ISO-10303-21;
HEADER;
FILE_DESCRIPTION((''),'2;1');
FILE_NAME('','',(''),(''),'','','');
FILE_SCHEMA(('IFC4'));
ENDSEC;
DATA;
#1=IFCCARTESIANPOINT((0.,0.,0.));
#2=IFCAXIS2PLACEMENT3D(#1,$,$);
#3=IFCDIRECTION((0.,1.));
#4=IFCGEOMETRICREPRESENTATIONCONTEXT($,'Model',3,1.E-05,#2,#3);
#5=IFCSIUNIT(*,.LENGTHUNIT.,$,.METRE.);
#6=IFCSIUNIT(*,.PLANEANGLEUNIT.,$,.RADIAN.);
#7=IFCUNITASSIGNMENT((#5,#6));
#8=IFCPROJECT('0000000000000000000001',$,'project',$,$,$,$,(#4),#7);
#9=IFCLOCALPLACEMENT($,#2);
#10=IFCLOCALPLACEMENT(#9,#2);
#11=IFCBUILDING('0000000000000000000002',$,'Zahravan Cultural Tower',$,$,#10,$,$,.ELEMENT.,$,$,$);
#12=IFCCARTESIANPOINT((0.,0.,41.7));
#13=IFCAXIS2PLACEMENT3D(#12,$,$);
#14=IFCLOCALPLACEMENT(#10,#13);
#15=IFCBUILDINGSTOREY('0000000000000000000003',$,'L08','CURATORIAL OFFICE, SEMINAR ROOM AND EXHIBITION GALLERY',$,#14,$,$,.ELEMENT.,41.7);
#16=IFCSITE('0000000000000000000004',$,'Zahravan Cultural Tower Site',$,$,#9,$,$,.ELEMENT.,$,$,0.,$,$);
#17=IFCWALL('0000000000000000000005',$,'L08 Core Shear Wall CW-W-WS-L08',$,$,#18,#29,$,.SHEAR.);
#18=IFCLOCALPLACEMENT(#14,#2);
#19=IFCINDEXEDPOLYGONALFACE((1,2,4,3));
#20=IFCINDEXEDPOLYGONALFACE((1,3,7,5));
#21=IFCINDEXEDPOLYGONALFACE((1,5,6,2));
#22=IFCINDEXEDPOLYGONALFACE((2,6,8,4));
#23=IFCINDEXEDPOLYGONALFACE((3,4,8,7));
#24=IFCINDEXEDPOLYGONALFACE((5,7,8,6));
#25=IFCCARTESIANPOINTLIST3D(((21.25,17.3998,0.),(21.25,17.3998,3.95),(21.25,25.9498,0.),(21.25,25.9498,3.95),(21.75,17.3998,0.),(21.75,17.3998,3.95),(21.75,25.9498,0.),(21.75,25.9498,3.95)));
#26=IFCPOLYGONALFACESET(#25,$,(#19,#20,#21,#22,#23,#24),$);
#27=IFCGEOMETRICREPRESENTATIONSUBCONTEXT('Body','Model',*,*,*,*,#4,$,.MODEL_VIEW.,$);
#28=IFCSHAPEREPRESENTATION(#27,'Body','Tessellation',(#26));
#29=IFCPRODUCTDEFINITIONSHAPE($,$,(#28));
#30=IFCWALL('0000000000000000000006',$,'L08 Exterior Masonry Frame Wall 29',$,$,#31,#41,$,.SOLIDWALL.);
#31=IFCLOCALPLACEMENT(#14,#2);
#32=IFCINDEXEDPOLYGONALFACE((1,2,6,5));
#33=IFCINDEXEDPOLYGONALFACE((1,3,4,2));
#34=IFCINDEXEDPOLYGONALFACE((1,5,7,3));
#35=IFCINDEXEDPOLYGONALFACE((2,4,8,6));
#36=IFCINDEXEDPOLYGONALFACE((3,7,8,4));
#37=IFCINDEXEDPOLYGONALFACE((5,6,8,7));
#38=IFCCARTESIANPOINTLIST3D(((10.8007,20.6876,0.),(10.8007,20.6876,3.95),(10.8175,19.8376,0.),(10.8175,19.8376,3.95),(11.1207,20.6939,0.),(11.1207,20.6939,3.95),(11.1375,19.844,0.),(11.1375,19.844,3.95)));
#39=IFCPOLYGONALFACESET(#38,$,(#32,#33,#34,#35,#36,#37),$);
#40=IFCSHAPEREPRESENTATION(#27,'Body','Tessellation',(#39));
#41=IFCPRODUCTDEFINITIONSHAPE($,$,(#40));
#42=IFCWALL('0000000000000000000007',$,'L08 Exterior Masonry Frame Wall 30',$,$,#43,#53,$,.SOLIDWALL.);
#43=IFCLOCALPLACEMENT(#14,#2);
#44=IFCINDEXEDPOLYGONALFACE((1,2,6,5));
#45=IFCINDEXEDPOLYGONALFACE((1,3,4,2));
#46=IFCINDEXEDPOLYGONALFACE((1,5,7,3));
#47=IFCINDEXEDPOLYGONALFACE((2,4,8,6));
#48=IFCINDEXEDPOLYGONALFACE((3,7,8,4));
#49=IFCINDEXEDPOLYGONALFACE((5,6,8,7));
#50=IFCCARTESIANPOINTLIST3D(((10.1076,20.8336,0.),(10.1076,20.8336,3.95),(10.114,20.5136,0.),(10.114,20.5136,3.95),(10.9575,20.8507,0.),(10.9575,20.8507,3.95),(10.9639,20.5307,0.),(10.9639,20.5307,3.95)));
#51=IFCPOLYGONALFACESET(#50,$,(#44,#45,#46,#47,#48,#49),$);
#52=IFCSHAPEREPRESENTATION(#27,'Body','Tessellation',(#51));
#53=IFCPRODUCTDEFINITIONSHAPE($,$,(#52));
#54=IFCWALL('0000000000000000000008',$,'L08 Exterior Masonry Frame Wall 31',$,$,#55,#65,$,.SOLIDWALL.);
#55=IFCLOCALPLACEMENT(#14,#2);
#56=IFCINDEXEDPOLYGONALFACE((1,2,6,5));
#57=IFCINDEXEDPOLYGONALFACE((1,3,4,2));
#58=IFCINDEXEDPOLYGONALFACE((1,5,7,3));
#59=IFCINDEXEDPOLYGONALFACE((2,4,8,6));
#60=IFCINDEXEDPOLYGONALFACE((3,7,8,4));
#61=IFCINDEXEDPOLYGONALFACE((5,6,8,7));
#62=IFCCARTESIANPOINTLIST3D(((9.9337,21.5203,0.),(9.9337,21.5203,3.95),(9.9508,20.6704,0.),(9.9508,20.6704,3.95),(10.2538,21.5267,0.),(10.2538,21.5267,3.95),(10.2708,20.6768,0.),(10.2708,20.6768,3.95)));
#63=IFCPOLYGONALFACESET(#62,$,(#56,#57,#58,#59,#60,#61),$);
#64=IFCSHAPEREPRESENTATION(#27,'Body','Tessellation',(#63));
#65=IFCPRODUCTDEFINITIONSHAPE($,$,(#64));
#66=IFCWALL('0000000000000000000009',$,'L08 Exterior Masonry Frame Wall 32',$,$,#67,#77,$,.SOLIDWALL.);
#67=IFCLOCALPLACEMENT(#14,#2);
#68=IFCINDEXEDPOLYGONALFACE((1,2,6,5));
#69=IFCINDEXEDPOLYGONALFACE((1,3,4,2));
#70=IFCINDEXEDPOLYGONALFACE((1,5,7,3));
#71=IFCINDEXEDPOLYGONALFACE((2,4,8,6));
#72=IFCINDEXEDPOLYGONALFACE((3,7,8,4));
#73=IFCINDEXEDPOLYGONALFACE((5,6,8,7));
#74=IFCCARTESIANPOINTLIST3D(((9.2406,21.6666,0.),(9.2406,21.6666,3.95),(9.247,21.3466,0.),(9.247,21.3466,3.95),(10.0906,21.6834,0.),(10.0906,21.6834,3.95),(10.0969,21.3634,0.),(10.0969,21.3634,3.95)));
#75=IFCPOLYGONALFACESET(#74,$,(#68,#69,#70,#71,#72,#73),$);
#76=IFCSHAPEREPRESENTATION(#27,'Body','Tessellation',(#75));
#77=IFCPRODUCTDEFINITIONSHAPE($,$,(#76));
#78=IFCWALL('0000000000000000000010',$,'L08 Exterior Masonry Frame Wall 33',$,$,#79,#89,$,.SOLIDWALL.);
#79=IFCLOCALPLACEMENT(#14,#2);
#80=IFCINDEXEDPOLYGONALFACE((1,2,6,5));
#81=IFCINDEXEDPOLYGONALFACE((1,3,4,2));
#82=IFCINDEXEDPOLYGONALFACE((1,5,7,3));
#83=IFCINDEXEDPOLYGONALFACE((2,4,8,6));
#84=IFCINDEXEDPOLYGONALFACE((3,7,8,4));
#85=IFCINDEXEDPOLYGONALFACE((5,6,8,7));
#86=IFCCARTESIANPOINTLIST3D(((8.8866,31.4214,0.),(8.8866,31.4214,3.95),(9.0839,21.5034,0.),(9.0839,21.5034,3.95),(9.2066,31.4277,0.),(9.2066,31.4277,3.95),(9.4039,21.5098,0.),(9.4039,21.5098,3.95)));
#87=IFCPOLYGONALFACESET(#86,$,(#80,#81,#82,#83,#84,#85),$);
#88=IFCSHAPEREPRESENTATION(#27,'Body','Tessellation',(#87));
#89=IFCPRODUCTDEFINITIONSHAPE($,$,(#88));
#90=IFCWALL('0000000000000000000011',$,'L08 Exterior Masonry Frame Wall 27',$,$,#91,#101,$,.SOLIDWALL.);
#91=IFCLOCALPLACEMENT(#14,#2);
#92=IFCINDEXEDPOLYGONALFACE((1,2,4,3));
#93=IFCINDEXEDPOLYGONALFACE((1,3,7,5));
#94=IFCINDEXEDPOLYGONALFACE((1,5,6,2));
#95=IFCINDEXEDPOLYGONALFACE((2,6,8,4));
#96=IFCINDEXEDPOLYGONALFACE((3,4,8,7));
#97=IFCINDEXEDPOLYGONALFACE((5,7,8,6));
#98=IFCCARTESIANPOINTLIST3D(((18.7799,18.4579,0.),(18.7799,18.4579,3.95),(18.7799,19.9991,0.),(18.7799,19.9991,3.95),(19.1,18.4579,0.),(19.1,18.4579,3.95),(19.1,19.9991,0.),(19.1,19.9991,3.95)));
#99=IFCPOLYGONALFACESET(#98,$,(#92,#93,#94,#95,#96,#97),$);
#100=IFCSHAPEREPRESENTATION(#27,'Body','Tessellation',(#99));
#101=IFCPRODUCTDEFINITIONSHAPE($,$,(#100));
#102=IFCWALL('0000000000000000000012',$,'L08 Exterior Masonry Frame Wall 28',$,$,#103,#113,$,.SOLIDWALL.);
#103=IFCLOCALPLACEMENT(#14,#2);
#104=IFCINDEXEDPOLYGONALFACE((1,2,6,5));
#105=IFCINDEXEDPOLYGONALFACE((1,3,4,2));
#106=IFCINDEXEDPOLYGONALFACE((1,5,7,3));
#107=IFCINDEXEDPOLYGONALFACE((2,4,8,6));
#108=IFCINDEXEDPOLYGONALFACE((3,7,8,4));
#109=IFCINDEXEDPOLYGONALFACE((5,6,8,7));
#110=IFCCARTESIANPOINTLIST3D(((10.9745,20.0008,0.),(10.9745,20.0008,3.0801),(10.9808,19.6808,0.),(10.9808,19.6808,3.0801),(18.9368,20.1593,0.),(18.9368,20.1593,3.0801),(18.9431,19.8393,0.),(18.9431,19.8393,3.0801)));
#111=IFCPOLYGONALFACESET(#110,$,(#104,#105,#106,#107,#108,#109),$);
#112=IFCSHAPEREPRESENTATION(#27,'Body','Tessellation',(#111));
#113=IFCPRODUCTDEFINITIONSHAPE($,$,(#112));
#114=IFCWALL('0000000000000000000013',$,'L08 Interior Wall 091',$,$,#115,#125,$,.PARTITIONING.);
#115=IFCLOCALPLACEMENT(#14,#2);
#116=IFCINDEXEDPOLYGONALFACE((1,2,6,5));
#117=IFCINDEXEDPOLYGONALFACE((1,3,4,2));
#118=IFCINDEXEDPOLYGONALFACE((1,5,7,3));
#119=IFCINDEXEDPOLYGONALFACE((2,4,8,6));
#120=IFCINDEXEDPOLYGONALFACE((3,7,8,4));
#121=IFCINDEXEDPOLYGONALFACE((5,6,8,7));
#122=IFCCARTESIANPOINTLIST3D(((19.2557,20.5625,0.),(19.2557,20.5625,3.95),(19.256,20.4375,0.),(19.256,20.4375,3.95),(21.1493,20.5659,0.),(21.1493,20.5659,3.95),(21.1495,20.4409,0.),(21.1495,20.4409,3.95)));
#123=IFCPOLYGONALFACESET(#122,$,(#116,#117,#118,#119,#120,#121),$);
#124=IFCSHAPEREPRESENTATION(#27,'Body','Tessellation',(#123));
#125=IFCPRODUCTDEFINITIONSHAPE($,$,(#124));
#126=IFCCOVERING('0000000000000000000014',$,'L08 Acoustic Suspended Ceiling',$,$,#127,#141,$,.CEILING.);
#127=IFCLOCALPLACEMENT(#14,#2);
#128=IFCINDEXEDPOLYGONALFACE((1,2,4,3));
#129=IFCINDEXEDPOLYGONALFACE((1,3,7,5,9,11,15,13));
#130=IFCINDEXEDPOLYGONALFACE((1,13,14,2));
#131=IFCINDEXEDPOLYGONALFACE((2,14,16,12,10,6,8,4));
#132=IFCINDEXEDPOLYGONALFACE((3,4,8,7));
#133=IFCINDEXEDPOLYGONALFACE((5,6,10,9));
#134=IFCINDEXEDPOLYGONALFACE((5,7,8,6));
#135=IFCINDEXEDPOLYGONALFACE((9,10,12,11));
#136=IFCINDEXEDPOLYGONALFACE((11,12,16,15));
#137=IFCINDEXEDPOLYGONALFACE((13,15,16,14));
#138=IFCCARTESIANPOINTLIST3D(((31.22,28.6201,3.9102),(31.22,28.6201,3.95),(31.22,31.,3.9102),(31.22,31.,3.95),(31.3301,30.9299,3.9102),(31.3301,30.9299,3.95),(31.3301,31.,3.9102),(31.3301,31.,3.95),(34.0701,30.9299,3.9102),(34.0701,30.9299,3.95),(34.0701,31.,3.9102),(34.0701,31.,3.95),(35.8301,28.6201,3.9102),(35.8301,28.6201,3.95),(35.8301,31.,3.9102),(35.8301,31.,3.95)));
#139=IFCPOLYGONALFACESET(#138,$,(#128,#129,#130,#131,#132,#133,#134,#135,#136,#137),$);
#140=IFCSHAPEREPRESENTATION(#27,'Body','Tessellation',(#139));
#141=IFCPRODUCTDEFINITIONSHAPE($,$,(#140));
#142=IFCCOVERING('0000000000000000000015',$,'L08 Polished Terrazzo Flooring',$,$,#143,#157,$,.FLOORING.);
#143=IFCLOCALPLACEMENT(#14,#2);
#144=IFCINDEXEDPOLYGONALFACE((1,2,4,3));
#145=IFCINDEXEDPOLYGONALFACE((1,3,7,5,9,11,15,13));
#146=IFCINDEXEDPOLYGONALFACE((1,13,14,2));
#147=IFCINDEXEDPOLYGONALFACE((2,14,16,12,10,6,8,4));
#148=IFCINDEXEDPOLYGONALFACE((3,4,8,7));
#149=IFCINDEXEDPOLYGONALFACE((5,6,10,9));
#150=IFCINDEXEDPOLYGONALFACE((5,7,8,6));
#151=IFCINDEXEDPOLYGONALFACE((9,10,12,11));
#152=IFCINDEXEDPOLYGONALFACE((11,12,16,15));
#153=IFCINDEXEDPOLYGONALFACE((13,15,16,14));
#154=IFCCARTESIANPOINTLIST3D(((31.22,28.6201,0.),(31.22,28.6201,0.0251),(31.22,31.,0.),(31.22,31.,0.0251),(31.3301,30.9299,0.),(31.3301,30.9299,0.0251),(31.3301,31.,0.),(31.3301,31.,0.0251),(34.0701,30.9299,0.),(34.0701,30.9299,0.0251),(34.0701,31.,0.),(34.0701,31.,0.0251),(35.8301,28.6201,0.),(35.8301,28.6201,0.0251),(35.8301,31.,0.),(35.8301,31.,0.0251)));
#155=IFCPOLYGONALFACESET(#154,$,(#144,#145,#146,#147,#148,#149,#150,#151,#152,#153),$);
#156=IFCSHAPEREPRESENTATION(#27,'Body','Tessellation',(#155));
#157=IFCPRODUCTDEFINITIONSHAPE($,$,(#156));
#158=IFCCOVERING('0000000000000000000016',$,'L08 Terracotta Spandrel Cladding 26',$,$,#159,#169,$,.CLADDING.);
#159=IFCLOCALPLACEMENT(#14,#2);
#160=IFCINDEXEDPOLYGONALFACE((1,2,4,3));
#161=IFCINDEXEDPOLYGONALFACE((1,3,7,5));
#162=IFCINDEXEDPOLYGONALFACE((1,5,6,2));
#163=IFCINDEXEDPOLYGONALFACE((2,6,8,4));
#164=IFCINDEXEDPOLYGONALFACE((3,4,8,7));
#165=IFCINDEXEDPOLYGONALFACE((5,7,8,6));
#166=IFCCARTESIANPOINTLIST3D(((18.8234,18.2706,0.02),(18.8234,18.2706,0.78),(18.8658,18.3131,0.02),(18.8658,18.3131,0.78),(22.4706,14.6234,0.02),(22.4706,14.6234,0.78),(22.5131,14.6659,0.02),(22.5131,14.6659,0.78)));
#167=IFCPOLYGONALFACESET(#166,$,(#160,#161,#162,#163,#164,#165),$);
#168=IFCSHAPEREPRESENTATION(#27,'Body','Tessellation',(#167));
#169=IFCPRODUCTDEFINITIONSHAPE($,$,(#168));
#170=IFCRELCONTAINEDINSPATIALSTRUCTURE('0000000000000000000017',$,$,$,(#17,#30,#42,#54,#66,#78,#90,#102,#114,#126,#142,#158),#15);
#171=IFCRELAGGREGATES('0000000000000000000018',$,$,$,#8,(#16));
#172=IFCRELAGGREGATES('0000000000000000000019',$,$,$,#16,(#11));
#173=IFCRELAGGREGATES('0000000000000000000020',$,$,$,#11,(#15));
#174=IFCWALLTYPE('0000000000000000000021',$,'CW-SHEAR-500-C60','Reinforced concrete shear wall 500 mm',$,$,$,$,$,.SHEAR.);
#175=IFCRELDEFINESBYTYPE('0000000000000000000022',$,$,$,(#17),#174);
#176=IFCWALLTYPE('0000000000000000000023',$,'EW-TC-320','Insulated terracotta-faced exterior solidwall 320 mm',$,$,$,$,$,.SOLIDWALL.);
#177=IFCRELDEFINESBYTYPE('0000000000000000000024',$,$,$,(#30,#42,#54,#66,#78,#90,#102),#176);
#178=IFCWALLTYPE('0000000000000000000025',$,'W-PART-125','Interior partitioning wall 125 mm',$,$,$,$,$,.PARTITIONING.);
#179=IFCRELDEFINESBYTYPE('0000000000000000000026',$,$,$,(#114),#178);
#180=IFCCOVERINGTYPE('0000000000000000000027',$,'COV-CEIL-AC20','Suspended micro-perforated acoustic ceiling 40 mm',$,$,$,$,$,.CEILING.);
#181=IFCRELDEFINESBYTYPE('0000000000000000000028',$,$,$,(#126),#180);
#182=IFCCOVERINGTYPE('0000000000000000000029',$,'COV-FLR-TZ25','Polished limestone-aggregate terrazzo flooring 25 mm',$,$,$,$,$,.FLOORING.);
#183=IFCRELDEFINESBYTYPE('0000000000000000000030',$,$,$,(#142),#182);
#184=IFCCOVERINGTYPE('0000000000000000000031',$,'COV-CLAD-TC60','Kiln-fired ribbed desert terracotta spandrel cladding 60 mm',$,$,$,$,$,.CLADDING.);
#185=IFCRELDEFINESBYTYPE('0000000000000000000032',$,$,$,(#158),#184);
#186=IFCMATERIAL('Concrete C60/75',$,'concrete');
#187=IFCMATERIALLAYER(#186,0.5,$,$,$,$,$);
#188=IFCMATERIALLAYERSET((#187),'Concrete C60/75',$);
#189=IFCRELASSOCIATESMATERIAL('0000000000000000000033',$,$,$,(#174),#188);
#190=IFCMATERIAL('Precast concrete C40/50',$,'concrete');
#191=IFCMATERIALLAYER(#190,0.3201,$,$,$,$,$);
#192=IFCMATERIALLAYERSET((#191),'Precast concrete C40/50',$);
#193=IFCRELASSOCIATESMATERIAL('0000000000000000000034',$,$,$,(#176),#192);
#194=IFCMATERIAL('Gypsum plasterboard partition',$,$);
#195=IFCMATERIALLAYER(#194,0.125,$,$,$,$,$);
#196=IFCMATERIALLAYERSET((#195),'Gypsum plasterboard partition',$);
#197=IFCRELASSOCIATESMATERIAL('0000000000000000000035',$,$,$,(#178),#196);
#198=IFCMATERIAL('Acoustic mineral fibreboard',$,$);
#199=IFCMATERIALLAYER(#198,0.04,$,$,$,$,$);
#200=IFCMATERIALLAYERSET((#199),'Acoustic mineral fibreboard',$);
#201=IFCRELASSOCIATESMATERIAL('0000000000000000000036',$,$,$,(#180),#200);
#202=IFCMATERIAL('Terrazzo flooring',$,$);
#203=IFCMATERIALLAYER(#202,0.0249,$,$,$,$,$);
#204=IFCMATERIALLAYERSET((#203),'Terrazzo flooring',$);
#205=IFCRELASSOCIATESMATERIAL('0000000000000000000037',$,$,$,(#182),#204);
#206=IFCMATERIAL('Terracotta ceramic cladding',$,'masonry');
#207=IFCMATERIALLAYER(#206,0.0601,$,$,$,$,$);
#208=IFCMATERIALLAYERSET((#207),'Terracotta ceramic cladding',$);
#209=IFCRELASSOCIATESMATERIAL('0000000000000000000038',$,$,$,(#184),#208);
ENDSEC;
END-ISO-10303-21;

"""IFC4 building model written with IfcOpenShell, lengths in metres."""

from ifc_helpers import new_model, si_unit, direction, frame, frame_2d, origin, origin_2d, place, context, subcontext, project, spatial, polyline, rectangle, outline, extrude, source, transform, mapped, material, layer, layer_set, type_object, element, save


model = new_model("IFC4")

# Units and contexts
model_context = context("Model", 3, precision=1e-05, world=origin(), true_north=direction((0.0, 1.0)))
body_context = subcontext(model_context, "Body", "Model", "MODEL_VIEW")
ifc_project = project(units=[si_unit("LENGTHUNIT", "METRE"), si_unit("PLANEANGLEUNIT", "RADIAN")], contexts=[model_context])

# Site, building, storey
site_placement = place(None, origin())
site = spatial("IfcSite", under=ifc_project, at=site_placement, Name="Zahravan Cultural Tower Site", CompositionType="ELEMENT", RefElevation=0.0)
building_placement = place(site_placement, origin())
building = spatial("IfcBuilding", under=site, at=building_placement, Name="Zahravan Cultural Tower", CompositionType="ELEMENT")
storey_placement = place(building_placement, frame((0.0, 0.0, 41.7)))
storey = spatial("IfcBuildingStorey", under=building, at=storey_placement, Name="L08", Description="CURATORIAL OFFICE, SEMINAR ROOM AND EXHIBITION GALLERY", CompositionType="ELEMENT", Elevation=41.7)

# Shared definitions
ifc_material_1 = material(Name="Concrete C60/75", Category="concrete")

# Walls
ifc_layer_1 = layer(ifc_material_1, 0.5)
ifc_layer_set_1 = layer_set([ifc_layer_1], Name="Concrete C60/75")
wall_type_1 = type_object("IfcWallType", Name="CW-SHEAR-500-C60", Description="Reinforced concrete shear wall 500 mm", PredefinedType="SHEAR", material=ifc_layer_set_1)
shared_shape_1 = source(origin(), body_context, "Body", "SweptSolid", [
    extrude(rectangle(XDim=8.55, YDim=0.5, at=frame_2d((4.2749, 0.0))), origin(), (0.0, 0.0, 1.0), 3.95),
])
wall_1_placement = place(storey_placement, frame((21.5, 17.3999, 0.0), z_axis=(0.0, 0.0, 1.0), x_axis=(0.0, 1.0, 0.0)))
element("IfcWall", 1, at=wall_1_placement, inside=storey, type_object=wall_type_1, Name="L08 Core Shear Wall CW-W-WS-L08", PredefinedType="SHEAR", context=body_context, shape_type="MappedRepresentation", body=[
    mapped(shared_shape_1, transform((0.0, 0.0, 0.0), x_axis=(1.0, 0.0, 0.0), y_axis=(0.0, 1.0, 0.0), z_axis=(0.0, 0.0, 1.0), scale=1.0)),
])
ifc_material_2 = material(Name="Precast concrete C40/50", Category="concrete")
ifc_layer_2 = layer(ifc_material_2, 0.3201)
ifc_layer_set_2 = layer_set([ifc_layer_2], Name="Precast concrete C40/50")
wall_type_2 = type_object("IfcWallType", Name="EW-TC-320", Description="Insulated terracotta-faced exterior solidwall 320 mm", PredefinedType="SOLIDWALL", material=ifc_layer_set_2)
shared_shape_2 = source(origin(), body_context, "Body", "SweptSolid", [
    extrude(rectangle(XDim=0.8501, YDim=0.3201, at=frame_2d((0.425, 0.0))), origin(), (0.0, 0.0, 1.0), 3.95),
])
for number, where, z_axis, x_axis, name in (
    (2, (10.9775, 19.8408, 0.0), (0.0, 0.0, 1.0), (-0.019818, 0.999804, 0.0), "L08 Exterior Masonry Frame Wall 29"),
    (3, (10.9607, 20.6907, 0.0), (0.0, 0.0, 1.0), (-0.999798, -0.020105, 0.0), "L08 Exterior Masonry Frame Wall 30"),
    (4, (10.1108, 20.6736, 0.0), (0.0, 0.0, 1.0), (-0.020105, 0.999798, 0.0), "L08 Exterior Masonry Frame Wall 31"),
    (5, (10.0938, 21.5234, 0.0), (0.0, 0.0, 1.0), (-0.999804, -0.019818, 0.0), "L08 Exterior Masonry Frame Wall 32"),
):
    element("IfcWall", number, at=place(storey_placement, frame(where, z_axis=z_axis, x_axis=x_axis)), inside=storey, type_object=wall_type_2, Name=name, PredefinedType="SOLIDWALL", context=body_context, shape_type="MappedRepresentation", body=[
        mapped(shared_shape_2, transform((0.0, 0.0, 0.0), x_axis=(1.0, 0.0, 0.0), y_axis=(0.0, 1.0, 0.0), z_axis=(0.0, 0.0, 1.0), scale=1.0)),
    ])
shared_shape_3 = source(origin(), body_context, "Body", "SweptSolid", [
    extrude(rectangle(XDim=9.9199, YDim=0.3201, at=frame_2d((4.96, 0.0))), origin(), (0.0, 0.0, 1.0), 3.95),
])
wall_2_placement = place(storey_placement, frame((9.2439, 21.5066, 0.0), z_axis=(0.0, 0.0, 1.0), x_axis=(-0.019886, 0.999802, 0.0)))
element("IfcWall", 6, at=wall_2_placement, inside=storey, type_object=wall_type_2, Name="L08 Exterior Masonry Frame Wall 33", PredefinedType="SOLIDWALL", context=body_context, shape_type="MappedRepresentation", body=[
    mapped(shared_shape_3, transform((0.0, 0.0, 0.0), x_axis=(1.0, 0.0, 0.0), y_axis=(0.0, 1.0, 0.0), z_axis=(0.0, 0.0, 1.0), scale=1.0)),
])
shared_shape_4 = source(origin(), body_context, "Body", "SweptSolid", [
    extrude(rectangle(XDim=1.5413, YDim=0.3201, at=frame_2d((0.7705, 0.0))), origin(), (0.0, 0.0, 1.0), 3.95),
])
wall_3_placement = place(storey_placement, frame((18.9399, 18.458, 0.0), z_axis=(0.0, 0.0, 1.0), x_axis=(0.0, 1.0, 0.0)))
element("IfcWall", 7, at=wall_3_placement, inside=storey, type_object=wall_type_2, Name="L08 Exterior Masonry Frame Wall 27", PredefinedType="SOLIDWALL", context=body_context, shape_type="MappedRepresentation", body=[
    mapped(shared_shape_4, transform((0.0, 0.0, 0.0), x_axis=(1.0, 0.0, 0.0), y_axis=(0.0, 1.0, 0.0), z_axis=(0.0, 0.0, 1.0), scale=1.0)),
])
shared_shape_5 = source(origin(), body_context, "Body", "SweptSolid", [
    extrude(rectangle(XDim=7.9639, YDim=0.3201, at=frame_2d((3.9819, 0.0))), origin(), (0.0, 0.0, 1.0), 3.0801),
])
wall_4_placement = place(storey_placement, frame((18.9399, 19.9993, 0.0), z_axis=(0.0, 0.0, 1.0), x_axis=(-0.999802, -0.019895, 0.0)))
element("IfcWall", 8, at=wall_4_placement, inside=storey, type_object=wall_type_2, Name="L08 Exterior Masonry Frame Wall 28", PredefinedType="SOLIDWALL", context=body_context, shape_type="MappedRepresentation", body=[
    mapped(shared_shape_5, transform((0.0, 0.0, 0.0), x_axis=(1.0, 0.0, 0.0), y_axis=(0.0, 1.0, 0.0), z_axis=(0.0, 0.0, 1.0), scale=1.0)),
])
ifc_material_3 = material(Name="Gypsum plasterboard partition")
ifc_layer_3 = layer(ifc_material_3, 0.125)
ifc_layer_set_3 = layer_set([ifc_layer_3], Name="Gypsum plasterboard partition")
wall_type_3 = type_object("IfcWallType", Name="W-PART-125", Description="Interior partitioning wall 125 mm", PredefinedType="PARTITIONING", material=ifc_layer_set_3)
shared_shape_6 = source(origin(), body_context, "Body", "SweptSolid", [
    extrude(rectangle(XDim=1.8936, YDim=0.125, at=frame_2d((0.9468, 0.0))), origin(), (0.0, 0.0, 1.0), 3.95),
])
wall_5_placement = place(storey_placement, frame((19.2559, 20.5, 0.0), z_axis=(0.0, 0.0, 1.0), x_axis=(0.999998, 0.001805, 0.0)))
element("IfcWall", 9, at=wall_5_placement, inside=storey, type_object=wall_type_3, Name="L08 Interior Wall 091", PredefinedType="PARTITIONING", context=body_context, shape_type="MappedRepresentation", body=[
    mapped(shared_shape_6, transform((0.0, 0.0, 0.0), x_axis=(1.0, 0.0, 0.0), y_axis=(0.0, 1.0, 0.0), z_axis=(0.0, 0.0, 1.0), scale=1.0)),
])

# Coverings
ifc_material_4 = material(Name="Acoustic mineral fibreboard")
ifc_layer_4 = layer(ifc_material_4, 0.04)
ifc_layer_set_4 = layer_set([ifc_layer_4], Name="Acoustic mineral fibreboard")
covering_type_1 = type_object("IfcCoveringType", Name="COV-CEIL-AC20", Description="Suspended micro-perforated acoustic ceiling 40 mm", PredefinedType="CEILING", material=ifc_layer_set_4)
covering_1_placement = place(storey_placement, frame((0.0, 0.0, 3.9102)))
element("IfcCovering", 10, at=covering_1_placement, inside=storey, type_object=covering_type_1, Name="L08 Acoustic Suspended Ceiling", PredefinedType="CEILING", context=body_context, shape_type="SweptSolid", body=[
    extrude(outline(polyline([(31.22, 31.0), (31.22, 28.6201), (35.8301, 28.6201), (35.8301, 31.0), (34.0701, 31.0), (34.0701, 30.9299), (31.3301, 30.9299), (31.3301, 31.0), (31.22, 31.0)])), origin(), (0.0, 0.0, 1.0), 0.0398),
])
ifc_material_5 = material(Name="Terrazzo flooring")
ifc_layer_5 = layer(ifc_material_5, 0.0249)
ifc_layer_set_5 = layer_set([ifc_layer_5], Name="Terrazzo flooring")
covering_type_2 = type_object("IfcCoveringType", Name="COV-FLR-TZ25", Description="Polished limestone-aggregate terrazzo flooring 25 mm", PredefinedType="FLOORING", material=ifc_layer_set_5)
covering_2_placement = place(storey_placement, origin())
element("IfcCovering", 11, at=covering_2_placement, inside=storey, type_object=covering_type_2, Name="L08 Polished Terrazzo Flooring", PredefinedType="FLOORING", context=body_context, shape_type="SweptSolid", body=[
    extrude(outline(polyline([(31.22, 31.0), (31.22, 28.6201), (35.8301, 28.6201), (35.8301, 31.0), (34.0701, 31.0), (34.0701, 30.9299), (31.3301, 30.9299), (31.3301, 31.0), (31.22, 31.0)])), origin(), (0.0, 0.0, 1.0), 0.0251),
])
ifc_material_6 = material(Name="Terracotta ceramic cladding", Category="masonry")
ifc_layer_6 = layer(ifc_material_6, 0.0601)
ifc_layer_set_6 = layer_set([ifc_layer_6], Name="Terracotta ceramic cladding")
covering_type_3 = type_object("IfcCoveringType", Name="COV-CLAD-TC60", Description="Kiln-fired ribbed desert terracotta spandrel cladding 60 mm", PredefinedType="CLADDING", material=ifc_layer_set_6)
shared_shape_7 = source(origin(), body_context, "Body", "SweptSolid", [
    extrude(rectangle(XDim=5.158, YDim=0.0601, at=origin_2d()), origin(), (0.0, 0.0, 1.0), 0.76),
])
covering_3_placement = place(storey_placement, frame((20.6682, 16.4683, 0.02), z_axis=(0.0, 0.0, 1.0), x_axis=(-0.707107, 0.707107, 0.0)))
element("IfcCovering", 12, at=covering_3_placement, inside=storey, type_object=covering_type_3, Name="L08 Terracotta Spandrel Cladding 26", PredefinedType="CLADDING", context=body_context, shape_type="MappedRepresentation", body=[
    mapped(shared_shape_7, transform((0.0, 0.0, 0.0), x_axis=(1.0, 0.0, 0.0), y_axis=(0.0, 1.0, 0.0), z_axis=(0.0, 0.0, 1.0), scale=1.0)),
])

save(model, "model.ifc")
